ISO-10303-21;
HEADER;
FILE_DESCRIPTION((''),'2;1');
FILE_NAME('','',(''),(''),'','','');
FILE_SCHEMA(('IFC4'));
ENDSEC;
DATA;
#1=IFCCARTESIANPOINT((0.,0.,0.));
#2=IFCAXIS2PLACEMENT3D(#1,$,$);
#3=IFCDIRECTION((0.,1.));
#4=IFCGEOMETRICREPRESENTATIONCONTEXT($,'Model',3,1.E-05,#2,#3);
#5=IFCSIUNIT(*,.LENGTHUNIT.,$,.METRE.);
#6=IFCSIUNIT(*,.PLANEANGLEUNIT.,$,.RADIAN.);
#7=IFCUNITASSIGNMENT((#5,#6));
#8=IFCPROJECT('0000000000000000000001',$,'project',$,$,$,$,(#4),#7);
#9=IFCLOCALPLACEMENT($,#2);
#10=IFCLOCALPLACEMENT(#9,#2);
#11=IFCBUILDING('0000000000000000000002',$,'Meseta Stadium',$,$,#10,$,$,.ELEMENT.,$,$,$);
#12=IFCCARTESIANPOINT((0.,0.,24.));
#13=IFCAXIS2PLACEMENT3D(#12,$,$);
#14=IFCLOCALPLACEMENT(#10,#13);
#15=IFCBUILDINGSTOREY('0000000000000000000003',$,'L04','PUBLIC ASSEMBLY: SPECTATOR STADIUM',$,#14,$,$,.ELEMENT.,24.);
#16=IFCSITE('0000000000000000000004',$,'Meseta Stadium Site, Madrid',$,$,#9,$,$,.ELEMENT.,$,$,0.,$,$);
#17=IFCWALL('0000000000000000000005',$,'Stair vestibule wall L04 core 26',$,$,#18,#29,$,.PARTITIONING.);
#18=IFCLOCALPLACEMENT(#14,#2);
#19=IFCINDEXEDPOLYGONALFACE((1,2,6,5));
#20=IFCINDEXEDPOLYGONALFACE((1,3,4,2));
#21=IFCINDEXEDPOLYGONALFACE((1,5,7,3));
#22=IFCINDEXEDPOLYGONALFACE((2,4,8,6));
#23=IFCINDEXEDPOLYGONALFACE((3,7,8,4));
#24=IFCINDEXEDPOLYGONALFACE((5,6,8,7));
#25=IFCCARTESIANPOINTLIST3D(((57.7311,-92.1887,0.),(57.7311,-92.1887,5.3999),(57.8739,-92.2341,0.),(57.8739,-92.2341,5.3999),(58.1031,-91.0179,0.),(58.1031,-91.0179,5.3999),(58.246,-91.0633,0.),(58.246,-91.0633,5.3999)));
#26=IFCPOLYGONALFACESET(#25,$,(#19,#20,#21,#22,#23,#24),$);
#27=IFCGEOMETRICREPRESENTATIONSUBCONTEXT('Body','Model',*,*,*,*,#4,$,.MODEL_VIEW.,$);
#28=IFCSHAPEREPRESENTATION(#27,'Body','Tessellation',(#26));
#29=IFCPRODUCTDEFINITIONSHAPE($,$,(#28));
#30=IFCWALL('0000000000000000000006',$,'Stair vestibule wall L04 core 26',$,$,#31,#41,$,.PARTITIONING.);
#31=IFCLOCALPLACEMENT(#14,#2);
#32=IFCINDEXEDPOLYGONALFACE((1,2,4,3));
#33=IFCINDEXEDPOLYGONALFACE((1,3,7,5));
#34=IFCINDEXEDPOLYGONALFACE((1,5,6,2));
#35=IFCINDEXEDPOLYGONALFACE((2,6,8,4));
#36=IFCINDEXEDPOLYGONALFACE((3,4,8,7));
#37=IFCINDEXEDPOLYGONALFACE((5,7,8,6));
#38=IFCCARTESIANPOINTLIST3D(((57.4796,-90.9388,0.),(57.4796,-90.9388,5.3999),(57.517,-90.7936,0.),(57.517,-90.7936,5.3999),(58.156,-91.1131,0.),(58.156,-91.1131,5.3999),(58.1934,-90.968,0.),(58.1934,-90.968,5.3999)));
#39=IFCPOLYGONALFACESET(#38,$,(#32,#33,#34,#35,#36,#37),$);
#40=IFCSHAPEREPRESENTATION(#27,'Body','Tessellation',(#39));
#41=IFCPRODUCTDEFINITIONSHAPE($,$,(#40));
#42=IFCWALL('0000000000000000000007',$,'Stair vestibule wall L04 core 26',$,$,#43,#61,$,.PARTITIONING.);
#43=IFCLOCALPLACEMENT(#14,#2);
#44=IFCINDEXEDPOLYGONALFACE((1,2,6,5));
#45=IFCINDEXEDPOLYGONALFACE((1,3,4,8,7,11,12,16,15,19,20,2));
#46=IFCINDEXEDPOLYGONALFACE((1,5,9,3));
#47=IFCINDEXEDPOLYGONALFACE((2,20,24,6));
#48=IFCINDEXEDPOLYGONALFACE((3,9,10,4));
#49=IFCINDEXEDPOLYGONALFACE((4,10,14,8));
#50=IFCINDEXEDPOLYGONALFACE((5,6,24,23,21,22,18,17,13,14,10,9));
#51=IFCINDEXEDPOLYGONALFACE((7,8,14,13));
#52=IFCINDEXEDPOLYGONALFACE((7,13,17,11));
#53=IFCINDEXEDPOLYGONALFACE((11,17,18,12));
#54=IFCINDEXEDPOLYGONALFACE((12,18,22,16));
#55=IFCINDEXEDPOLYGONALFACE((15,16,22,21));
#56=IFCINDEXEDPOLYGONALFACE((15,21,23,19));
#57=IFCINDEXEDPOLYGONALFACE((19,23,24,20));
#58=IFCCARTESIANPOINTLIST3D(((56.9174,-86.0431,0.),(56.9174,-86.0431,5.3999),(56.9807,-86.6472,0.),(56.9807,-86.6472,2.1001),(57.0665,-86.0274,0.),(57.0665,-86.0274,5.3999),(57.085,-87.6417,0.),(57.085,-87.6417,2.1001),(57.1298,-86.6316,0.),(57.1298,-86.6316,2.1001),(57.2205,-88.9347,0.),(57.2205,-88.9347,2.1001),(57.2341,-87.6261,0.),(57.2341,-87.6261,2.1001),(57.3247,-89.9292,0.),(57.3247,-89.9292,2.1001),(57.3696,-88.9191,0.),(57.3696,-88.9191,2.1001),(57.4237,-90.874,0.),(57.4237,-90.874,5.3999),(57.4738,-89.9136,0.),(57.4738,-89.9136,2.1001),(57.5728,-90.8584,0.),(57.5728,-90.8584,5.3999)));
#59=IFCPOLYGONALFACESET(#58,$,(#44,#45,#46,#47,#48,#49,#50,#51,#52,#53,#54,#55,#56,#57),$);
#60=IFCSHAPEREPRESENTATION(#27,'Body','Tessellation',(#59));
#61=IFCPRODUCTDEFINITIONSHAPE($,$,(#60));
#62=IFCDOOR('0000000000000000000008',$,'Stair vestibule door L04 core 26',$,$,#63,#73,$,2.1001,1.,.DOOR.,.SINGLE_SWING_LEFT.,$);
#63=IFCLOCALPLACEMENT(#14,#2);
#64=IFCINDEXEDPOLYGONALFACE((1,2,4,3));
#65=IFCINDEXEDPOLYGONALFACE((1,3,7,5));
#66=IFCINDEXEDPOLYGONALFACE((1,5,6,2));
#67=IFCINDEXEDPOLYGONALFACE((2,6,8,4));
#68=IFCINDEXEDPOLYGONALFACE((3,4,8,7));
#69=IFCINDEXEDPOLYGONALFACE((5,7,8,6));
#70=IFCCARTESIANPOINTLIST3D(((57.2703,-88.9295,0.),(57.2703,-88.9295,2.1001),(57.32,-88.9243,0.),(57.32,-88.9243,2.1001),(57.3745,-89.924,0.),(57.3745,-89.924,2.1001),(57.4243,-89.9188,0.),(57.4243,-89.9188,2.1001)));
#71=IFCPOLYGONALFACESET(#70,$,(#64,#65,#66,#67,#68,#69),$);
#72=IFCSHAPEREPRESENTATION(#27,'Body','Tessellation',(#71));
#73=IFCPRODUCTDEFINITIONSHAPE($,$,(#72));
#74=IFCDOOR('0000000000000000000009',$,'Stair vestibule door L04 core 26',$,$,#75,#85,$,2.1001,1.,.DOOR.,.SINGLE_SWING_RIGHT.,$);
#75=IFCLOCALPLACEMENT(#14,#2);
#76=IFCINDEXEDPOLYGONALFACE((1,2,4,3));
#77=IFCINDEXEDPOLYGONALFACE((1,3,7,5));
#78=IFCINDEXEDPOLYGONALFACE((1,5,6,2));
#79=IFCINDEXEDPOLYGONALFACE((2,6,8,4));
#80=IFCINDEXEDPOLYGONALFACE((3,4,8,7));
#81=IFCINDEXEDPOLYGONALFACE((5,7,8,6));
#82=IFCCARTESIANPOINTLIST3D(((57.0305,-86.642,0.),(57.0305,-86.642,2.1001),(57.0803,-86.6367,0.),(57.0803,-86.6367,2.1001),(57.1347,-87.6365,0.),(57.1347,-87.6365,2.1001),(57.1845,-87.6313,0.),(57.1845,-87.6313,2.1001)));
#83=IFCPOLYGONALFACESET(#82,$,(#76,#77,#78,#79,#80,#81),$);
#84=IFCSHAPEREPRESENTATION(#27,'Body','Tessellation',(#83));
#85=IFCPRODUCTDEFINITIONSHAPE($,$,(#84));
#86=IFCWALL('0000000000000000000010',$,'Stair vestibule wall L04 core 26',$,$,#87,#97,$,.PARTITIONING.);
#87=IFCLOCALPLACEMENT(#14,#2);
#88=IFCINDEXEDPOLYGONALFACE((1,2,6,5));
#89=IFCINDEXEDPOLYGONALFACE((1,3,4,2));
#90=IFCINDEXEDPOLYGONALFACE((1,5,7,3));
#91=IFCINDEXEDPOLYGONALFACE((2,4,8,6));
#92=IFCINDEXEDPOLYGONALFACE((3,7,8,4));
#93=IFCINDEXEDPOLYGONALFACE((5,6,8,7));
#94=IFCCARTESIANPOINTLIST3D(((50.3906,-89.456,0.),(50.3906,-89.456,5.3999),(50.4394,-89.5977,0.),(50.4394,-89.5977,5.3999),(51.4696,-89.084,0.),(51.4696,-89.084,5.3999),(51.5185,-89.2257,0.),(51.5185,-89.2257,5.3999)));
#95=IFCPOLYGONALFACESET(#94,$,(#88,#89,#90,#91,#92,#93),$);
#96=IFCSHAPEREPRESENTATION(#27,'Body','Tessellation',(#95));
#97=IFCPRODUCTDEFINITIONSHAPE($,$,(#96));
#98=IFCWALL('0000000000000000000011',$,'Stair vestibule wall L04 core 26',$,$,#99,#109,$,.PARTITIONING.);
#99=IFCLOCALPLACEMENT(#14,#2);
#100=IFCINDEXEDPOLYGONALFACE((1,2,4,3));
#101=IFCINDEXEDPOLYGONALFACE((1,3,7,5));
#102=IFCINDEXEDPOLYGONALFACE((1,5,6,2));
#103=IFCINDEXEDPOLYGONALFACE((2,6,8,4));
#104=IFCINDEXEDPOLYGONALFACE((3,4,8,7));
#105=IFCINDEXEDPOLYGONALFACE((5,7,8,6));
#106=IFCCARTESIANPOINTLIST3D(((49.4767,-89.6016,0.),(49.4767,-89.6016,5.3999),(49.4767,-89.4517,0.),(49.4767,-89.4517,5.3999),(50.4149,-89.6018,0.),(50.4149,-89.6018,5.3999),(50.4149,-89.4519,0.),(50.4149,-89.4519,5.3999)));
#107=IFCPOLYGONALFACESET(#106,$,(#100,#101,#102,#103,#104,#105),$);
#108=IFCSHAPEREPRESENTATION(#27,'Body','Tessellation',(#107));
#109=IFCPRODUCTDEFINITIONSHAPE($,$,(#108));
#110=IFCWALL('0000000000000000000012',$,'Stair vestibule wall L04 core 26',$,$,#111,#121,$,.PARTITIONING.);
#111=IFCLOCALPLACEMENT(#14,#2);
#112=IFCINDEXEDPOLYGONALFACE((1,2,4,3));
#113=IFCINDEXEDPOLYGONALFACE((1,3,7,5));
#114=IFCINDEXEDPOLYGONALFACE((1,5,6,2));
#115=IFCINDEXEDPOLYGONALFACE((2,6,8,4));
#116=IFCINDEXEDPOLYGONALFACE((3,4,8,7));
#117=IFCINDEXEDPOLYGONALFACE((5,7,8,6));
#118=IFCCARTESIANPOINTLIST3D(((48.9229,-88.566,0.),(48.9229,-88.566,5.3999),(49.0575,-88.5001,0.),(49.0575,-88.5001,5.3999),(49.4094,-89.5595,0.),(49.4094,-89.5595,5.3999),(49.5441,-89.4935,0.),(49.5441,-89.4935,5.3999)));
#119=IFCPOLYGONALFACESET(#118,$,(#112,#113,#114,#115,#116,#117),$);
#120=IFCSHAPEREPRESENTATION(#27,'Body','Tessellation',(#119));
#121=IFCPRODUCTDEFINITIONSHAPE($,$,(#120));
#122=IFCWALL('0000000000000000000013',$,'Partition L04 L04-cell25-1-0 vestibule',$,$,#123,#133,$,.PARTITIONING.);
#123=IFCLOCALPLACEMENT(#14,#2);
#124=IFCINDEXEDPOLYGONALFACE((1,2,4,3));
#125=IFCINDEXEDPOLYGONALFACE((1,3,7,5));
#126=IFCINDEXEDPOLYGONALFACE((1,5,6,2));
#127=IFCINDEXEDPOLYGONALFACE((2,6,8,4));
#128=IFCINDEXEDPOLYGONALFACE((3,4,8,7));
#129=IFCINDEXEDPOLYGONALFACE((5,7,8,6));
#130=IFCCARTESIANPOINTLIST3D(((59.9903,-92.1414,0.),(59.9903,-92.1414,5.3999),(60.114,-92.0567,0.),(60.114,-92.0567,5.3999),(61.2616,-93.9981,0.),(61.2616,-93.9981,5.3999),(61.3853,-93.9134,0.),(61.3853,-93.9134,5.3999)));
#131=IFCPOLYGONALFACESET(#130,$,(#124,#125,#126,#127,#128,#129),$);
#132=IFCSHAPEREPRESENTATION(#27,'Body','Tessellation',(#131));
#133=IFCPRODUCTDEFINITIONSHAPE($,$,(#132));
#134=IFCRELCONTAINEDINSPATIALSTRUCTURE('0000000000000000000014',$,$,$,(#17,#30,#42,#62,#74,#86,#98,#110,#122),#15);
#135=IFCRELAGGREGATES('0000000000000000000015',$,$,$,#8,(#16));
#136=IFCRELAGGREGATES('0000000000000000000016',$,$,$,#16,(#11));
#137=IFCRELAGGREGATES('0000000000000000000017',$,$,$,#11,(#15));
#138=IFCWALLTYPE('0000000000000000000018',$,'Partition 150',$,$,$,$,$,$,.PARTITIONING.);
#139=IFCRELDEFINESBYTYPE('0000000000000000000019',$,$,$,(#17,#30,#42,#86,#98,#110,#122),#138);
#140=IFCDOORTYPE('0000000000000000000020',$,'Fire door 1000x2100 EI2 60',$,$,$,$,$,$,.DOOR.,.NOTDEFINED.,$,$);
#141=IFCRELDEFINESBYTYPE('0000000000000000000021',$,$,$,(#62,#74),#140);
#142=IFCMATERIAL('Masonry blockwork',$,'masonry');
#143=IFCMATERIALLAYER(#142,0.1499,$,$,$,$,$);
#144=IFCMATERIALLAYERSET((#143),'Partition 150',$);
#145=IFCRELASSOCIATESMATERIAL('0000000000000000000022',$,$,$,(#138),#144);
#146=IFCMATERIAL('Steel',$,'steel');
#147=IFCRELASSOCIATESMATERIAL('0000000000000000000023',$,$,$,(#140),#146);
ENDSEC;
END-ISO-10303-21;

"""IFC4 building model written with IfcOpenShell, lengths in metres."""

from ifc_helpers import new_model, si_unit, direction, frame, frame_2d, origin, place, context, subcontext, project, spatial, rectangle, extrude, material, layer, layer_set, type_object, element, fill, save


model = new_model("IFC4")

# Units and contexts
model_context = context("Model", 3, precision=1e-05, world=origin(), true_north=direction((0.0, 1.0)))
body_context = subcontext(model_context, "Body", "Model", "MODEL_VIEW")
ifc_project = project(units=[si_unit("LENGTHUNIT", "METRE"), si_unit("PLANEANGLEUNIT", "RADIAN")], contexts=[model_context])

# Site, building, storey
site_placement = place(None, origin())
site = spatial("IfcSite", under=ifc_project, at=site_placement, Name="Meseta Stadium Site, Madrid", CompositionType="ELEMENT", RefElevation=0.0)
building_placement = place(site_placement, origin())
building = spatial("IfcBuilding", under=site, at=building_placement, Name="Meseta Stadium", CompositionType="ELEMENT")
storey_placement = place(building_placement, frame((0.0, 0.0, 24.0)))
storey = spatial("IfcBuildingStorey", under=building, at=storey_placement, Name="L04", Description="PUBLIC ASSEMBLY: SPECTATOR STADIUM", CompositionType="ELEMENT", Elevation=24.0)

# Shared definitions
ifc_material_1 = material(Name="Masonry blockwork", Category="masonry")
ifc_layer_1 = layer(ifc_material_1, 0.1499)
ifc_layer_set_1 = layer_set([ifc_layer_1], Name="Partition 150")
wall_type_1 = type_object("IfcWallType", Name="Partition 150", PredefinedType="PARTITIONING", material=ifc_layer_set_1)
ifc_material_2 = material(Name="Steel", Category="steel")
door_type_1 = type_object("IfcDoorType", Name="Fire door 1000x2100 EI2 60", OperationType="NOTDEFINED", PredefinedType="DOOR", material=ifc_material_2)

# Walls
wall_1_placement = place(storey_placement, frame((57.8025, -92.2114, 0.0), z_axis=(0.0, 0.0, 1.0), x_axis=(0.302843, 0.953041, 0.0)))
element("IfcWall", 1, at=wall_1_placement, inside=storey, type_object=wall_type_1, Name="Stair vestibule wall L04 core 26", PredefinedType="PARTITIONING", context=body_context, shape_type="SweptSolid", body=[
    extrude(rectangle(XDim=1.2285, YDim=0.1499, at=frame_2d((0.6143, 0.0))), origin(), (0.0, 0.0, 1.0), 5.3999),
])
wall_2_placement = place(storey_placement, frame((58.1746, -91.0405, 0.0), z_axis=(0.0, 0.0, 1.0), x_axis=(-0.968348, 0.249603, 0.0)))
element("IfcWall", 2, at=wall_2_placement, inside=storey, type_object=wall_type_1, Name="Stair vestibule wall L04 core 26", PredefinedType="PARTITIONING", context=body_context, shape_type="SweptSolid", body=[
    extrude(rectangle(XDim=0.6985, YDim=0.1499, at=frame_2d((0.3491, 0.0))), origin(), (0.0, 0.0, 1.0), 5.3999),
])

# Wall, openings, doors
wall_3_placement = place(storey_placement, frame((57.4983, -90.8662, 0.0), z_axis=(0.0, 0.0, 1.0), x_axis=(-0.10424, 0.994552, 0.0)))
wall_3 = element("IfcWall", 3, at=wall_3_placement, inside=storey, type_object=wall_type_1, Name="Stair vestibule wall L04 core 26", PredefinedType="PARTITIONING", context=body_context, shape_type="SweptSolid", body=[
    extrude(rectangle(XDim=4.8574, YDim=0.1499, at=frame_2d((2.4287, 0.0))), origin(), (0.0, 0.0, 1.0), 5.3999),
])
opening_1_placement = place(wall_3_placement, frame((0.95, 0.0, 0.0)))
opening_1 = element("IfcOpeningElement", 4, at=opening_1_placement, cuts=wall_3, PredefinedType="OPENING", context=body_context, shape_type="SweptSolid", body=[
    extrude(rectangle(XDim=1.0, YDim=2.1001, at=frame_2d((0.5, 1.05))), frame((0.0, 0.085, 0.0), z_axis=(0.0, -1.0, 0.0), x_axis=(1.0, 0.0, 0.0)), (0.0, 0.0, 1.0), 0.1699),
])
opening_2_placement = place(wall_3_placement, frame((3.25, 0.0, 0.0)))
opening_2 = element("IfcOpeningElement", 5, at=opening_2_placement, cuts=wall_3, PredefinedType="OPENING", context=body_context, shape_type="SweptSolid", body=[
    extrude(rectangle(XDim=1.0, YDim=2.1001, at=frame_2d((0.5, 1.05))), frame((0.0, 0.085, 0.0), z_axis=(0.0, -1.0, 0.0), x_axis=(1.0, 0.0, 0.0)), (0.0, 0.0, 1.0), 0.1699),
])
door_1_placement = place(opening_1_placement, origin())
door_1 = element("IfcDoor", 6, at=door_1_placement, inside=storey, type_object=door_type_1, Name="Stair vestibule door L04 core 26", OperationType="SINGLE_SWING_LEFT", OverallHeight=2.1001, OverallWidth=1.0, PredefinedType="DOOR", context=body_context, shape_type="SweptSolid", body=[
    extrude(rectangle(XDim=1.0, YDim=2.1001, at=frame_2d((0.5, 1.05))), frame((0.0, 0.0249, 0.0), z_axis=(0.0, -1.0, 0.0), x_axis=(1.0, 0.0, 0.0)), (0.0, 0.0, 1.0), 0.05),
])
fill(opening_1, door_1)
door_2_placement = place(opening_2_placement, origin())
door_2 = element("IfcDoor", 7, at=door_2_placement, inside=storey, type_object=door_type_1, Name="Stair vestibule door L04 core 26", OperationType="SINGLE_SWING_RIGHT", OverallHeight=2.1001, OverallWidth=1.0, PredefinedType="DOOR", context=body_context, shape_type="SweptSolid", body=[
    extrude(rectangle(XDim=1.0, YDim=2.1001, at=frame_2d((0.5, 1.05))), frame((0.0, 0.0249, 0.0), z_axis=(0.0, -1.0, 0.0), x_axis=(1.0, 0.0, 0.0)), (0.0, 0.0, 1.0), 0.05),
])
fill(opening_2, door_2)

# Walls
wall_4_placement = place(storey_placement, frame((51.4941, -89.1548, 0.0), z_axis=(0.0, 0.0, 1.0), x_axis=(-0.945382, -0.325964, 0.0)))
element("IfcWall", 8, at=wall_4_placement, inside=storey, type_object=wall_type_1, Name="Stair vestibule wall L04 core 26", PredefinedType="PARTITIONING", context=body_context, shape_type="SweptSolid", body=[
    extrude(rectangle(XDim=1.1414, YDim=0.1499, at=frame_2d((0.5708, 0.0))), origin(), (0.0, 0.0, 1.0), 5.3999),
])
wall_5_placement = place(storey_placement, frame((50.415, -89.5269, 0.0), z_axis=(0.0, 0.0, 1.0), x_axis=(-1.0, 0.00026, 0.0)))
element("IfcWall", 9, at=wall_5_placement, inside=storey, type_object=wall_type_1, Name="Stair vestibule wall L04 core 26", PredefinedType="PARTITIONING", context=body_context, shape_type="SweptSolid", body=[
    extrude(rectangle(XDim=0.9382, YDim=0.1499, at=frame_2d((0.4692, 0.0))), origin(), (0.0, 0.0, 1.0), 5.3999),
])
wall_6_placement = place(storey_placement, frame((49.4768, -89.5266, 0.0), z_axis=(0.0, 0.0, 1.0), x_axis=(-0.439871, 0.898061, 0.0)))
element("IfcWall", 10, at=wall_6_placement, inside=storey, type_object=wall_type_1, Name="Stair vestibule wall L04 core 26", PredefinedType="PARTITIONING", context=body_context, shape_type="SweptSolid", body=[
    extrude(rectangle(XDim=1.1062, YDim=0.1499, at=frame_2d((0.5532, 0.0))), origin(), (0.0, 0.0, 1.0), 5.3999),
])
wall_7_placement = place(storey_placement, frame((60.0522, -92.0991, 0.0), z_axis=(0.0, 0.0, 1.0), x_axis=(0.564948, -0.825126, 0.0)))
element("IfcWall", 11, at=wall_7_placement, inside=storey, type_object=wall_type_1, Name="Partition L04 L04-cell25-1-0 vestibule", PredefinedType="PARTITIONING", context=body_context, shape_type="SweptSolid", body=[
    extrude(rectangle(XDim=2.2502, YDim=0.1499, at=frame_2d((1.125, 0.0))), origin(), (0.0, 0.0, 1.0), 5.3999),
])

save(model, "model.ifc")
